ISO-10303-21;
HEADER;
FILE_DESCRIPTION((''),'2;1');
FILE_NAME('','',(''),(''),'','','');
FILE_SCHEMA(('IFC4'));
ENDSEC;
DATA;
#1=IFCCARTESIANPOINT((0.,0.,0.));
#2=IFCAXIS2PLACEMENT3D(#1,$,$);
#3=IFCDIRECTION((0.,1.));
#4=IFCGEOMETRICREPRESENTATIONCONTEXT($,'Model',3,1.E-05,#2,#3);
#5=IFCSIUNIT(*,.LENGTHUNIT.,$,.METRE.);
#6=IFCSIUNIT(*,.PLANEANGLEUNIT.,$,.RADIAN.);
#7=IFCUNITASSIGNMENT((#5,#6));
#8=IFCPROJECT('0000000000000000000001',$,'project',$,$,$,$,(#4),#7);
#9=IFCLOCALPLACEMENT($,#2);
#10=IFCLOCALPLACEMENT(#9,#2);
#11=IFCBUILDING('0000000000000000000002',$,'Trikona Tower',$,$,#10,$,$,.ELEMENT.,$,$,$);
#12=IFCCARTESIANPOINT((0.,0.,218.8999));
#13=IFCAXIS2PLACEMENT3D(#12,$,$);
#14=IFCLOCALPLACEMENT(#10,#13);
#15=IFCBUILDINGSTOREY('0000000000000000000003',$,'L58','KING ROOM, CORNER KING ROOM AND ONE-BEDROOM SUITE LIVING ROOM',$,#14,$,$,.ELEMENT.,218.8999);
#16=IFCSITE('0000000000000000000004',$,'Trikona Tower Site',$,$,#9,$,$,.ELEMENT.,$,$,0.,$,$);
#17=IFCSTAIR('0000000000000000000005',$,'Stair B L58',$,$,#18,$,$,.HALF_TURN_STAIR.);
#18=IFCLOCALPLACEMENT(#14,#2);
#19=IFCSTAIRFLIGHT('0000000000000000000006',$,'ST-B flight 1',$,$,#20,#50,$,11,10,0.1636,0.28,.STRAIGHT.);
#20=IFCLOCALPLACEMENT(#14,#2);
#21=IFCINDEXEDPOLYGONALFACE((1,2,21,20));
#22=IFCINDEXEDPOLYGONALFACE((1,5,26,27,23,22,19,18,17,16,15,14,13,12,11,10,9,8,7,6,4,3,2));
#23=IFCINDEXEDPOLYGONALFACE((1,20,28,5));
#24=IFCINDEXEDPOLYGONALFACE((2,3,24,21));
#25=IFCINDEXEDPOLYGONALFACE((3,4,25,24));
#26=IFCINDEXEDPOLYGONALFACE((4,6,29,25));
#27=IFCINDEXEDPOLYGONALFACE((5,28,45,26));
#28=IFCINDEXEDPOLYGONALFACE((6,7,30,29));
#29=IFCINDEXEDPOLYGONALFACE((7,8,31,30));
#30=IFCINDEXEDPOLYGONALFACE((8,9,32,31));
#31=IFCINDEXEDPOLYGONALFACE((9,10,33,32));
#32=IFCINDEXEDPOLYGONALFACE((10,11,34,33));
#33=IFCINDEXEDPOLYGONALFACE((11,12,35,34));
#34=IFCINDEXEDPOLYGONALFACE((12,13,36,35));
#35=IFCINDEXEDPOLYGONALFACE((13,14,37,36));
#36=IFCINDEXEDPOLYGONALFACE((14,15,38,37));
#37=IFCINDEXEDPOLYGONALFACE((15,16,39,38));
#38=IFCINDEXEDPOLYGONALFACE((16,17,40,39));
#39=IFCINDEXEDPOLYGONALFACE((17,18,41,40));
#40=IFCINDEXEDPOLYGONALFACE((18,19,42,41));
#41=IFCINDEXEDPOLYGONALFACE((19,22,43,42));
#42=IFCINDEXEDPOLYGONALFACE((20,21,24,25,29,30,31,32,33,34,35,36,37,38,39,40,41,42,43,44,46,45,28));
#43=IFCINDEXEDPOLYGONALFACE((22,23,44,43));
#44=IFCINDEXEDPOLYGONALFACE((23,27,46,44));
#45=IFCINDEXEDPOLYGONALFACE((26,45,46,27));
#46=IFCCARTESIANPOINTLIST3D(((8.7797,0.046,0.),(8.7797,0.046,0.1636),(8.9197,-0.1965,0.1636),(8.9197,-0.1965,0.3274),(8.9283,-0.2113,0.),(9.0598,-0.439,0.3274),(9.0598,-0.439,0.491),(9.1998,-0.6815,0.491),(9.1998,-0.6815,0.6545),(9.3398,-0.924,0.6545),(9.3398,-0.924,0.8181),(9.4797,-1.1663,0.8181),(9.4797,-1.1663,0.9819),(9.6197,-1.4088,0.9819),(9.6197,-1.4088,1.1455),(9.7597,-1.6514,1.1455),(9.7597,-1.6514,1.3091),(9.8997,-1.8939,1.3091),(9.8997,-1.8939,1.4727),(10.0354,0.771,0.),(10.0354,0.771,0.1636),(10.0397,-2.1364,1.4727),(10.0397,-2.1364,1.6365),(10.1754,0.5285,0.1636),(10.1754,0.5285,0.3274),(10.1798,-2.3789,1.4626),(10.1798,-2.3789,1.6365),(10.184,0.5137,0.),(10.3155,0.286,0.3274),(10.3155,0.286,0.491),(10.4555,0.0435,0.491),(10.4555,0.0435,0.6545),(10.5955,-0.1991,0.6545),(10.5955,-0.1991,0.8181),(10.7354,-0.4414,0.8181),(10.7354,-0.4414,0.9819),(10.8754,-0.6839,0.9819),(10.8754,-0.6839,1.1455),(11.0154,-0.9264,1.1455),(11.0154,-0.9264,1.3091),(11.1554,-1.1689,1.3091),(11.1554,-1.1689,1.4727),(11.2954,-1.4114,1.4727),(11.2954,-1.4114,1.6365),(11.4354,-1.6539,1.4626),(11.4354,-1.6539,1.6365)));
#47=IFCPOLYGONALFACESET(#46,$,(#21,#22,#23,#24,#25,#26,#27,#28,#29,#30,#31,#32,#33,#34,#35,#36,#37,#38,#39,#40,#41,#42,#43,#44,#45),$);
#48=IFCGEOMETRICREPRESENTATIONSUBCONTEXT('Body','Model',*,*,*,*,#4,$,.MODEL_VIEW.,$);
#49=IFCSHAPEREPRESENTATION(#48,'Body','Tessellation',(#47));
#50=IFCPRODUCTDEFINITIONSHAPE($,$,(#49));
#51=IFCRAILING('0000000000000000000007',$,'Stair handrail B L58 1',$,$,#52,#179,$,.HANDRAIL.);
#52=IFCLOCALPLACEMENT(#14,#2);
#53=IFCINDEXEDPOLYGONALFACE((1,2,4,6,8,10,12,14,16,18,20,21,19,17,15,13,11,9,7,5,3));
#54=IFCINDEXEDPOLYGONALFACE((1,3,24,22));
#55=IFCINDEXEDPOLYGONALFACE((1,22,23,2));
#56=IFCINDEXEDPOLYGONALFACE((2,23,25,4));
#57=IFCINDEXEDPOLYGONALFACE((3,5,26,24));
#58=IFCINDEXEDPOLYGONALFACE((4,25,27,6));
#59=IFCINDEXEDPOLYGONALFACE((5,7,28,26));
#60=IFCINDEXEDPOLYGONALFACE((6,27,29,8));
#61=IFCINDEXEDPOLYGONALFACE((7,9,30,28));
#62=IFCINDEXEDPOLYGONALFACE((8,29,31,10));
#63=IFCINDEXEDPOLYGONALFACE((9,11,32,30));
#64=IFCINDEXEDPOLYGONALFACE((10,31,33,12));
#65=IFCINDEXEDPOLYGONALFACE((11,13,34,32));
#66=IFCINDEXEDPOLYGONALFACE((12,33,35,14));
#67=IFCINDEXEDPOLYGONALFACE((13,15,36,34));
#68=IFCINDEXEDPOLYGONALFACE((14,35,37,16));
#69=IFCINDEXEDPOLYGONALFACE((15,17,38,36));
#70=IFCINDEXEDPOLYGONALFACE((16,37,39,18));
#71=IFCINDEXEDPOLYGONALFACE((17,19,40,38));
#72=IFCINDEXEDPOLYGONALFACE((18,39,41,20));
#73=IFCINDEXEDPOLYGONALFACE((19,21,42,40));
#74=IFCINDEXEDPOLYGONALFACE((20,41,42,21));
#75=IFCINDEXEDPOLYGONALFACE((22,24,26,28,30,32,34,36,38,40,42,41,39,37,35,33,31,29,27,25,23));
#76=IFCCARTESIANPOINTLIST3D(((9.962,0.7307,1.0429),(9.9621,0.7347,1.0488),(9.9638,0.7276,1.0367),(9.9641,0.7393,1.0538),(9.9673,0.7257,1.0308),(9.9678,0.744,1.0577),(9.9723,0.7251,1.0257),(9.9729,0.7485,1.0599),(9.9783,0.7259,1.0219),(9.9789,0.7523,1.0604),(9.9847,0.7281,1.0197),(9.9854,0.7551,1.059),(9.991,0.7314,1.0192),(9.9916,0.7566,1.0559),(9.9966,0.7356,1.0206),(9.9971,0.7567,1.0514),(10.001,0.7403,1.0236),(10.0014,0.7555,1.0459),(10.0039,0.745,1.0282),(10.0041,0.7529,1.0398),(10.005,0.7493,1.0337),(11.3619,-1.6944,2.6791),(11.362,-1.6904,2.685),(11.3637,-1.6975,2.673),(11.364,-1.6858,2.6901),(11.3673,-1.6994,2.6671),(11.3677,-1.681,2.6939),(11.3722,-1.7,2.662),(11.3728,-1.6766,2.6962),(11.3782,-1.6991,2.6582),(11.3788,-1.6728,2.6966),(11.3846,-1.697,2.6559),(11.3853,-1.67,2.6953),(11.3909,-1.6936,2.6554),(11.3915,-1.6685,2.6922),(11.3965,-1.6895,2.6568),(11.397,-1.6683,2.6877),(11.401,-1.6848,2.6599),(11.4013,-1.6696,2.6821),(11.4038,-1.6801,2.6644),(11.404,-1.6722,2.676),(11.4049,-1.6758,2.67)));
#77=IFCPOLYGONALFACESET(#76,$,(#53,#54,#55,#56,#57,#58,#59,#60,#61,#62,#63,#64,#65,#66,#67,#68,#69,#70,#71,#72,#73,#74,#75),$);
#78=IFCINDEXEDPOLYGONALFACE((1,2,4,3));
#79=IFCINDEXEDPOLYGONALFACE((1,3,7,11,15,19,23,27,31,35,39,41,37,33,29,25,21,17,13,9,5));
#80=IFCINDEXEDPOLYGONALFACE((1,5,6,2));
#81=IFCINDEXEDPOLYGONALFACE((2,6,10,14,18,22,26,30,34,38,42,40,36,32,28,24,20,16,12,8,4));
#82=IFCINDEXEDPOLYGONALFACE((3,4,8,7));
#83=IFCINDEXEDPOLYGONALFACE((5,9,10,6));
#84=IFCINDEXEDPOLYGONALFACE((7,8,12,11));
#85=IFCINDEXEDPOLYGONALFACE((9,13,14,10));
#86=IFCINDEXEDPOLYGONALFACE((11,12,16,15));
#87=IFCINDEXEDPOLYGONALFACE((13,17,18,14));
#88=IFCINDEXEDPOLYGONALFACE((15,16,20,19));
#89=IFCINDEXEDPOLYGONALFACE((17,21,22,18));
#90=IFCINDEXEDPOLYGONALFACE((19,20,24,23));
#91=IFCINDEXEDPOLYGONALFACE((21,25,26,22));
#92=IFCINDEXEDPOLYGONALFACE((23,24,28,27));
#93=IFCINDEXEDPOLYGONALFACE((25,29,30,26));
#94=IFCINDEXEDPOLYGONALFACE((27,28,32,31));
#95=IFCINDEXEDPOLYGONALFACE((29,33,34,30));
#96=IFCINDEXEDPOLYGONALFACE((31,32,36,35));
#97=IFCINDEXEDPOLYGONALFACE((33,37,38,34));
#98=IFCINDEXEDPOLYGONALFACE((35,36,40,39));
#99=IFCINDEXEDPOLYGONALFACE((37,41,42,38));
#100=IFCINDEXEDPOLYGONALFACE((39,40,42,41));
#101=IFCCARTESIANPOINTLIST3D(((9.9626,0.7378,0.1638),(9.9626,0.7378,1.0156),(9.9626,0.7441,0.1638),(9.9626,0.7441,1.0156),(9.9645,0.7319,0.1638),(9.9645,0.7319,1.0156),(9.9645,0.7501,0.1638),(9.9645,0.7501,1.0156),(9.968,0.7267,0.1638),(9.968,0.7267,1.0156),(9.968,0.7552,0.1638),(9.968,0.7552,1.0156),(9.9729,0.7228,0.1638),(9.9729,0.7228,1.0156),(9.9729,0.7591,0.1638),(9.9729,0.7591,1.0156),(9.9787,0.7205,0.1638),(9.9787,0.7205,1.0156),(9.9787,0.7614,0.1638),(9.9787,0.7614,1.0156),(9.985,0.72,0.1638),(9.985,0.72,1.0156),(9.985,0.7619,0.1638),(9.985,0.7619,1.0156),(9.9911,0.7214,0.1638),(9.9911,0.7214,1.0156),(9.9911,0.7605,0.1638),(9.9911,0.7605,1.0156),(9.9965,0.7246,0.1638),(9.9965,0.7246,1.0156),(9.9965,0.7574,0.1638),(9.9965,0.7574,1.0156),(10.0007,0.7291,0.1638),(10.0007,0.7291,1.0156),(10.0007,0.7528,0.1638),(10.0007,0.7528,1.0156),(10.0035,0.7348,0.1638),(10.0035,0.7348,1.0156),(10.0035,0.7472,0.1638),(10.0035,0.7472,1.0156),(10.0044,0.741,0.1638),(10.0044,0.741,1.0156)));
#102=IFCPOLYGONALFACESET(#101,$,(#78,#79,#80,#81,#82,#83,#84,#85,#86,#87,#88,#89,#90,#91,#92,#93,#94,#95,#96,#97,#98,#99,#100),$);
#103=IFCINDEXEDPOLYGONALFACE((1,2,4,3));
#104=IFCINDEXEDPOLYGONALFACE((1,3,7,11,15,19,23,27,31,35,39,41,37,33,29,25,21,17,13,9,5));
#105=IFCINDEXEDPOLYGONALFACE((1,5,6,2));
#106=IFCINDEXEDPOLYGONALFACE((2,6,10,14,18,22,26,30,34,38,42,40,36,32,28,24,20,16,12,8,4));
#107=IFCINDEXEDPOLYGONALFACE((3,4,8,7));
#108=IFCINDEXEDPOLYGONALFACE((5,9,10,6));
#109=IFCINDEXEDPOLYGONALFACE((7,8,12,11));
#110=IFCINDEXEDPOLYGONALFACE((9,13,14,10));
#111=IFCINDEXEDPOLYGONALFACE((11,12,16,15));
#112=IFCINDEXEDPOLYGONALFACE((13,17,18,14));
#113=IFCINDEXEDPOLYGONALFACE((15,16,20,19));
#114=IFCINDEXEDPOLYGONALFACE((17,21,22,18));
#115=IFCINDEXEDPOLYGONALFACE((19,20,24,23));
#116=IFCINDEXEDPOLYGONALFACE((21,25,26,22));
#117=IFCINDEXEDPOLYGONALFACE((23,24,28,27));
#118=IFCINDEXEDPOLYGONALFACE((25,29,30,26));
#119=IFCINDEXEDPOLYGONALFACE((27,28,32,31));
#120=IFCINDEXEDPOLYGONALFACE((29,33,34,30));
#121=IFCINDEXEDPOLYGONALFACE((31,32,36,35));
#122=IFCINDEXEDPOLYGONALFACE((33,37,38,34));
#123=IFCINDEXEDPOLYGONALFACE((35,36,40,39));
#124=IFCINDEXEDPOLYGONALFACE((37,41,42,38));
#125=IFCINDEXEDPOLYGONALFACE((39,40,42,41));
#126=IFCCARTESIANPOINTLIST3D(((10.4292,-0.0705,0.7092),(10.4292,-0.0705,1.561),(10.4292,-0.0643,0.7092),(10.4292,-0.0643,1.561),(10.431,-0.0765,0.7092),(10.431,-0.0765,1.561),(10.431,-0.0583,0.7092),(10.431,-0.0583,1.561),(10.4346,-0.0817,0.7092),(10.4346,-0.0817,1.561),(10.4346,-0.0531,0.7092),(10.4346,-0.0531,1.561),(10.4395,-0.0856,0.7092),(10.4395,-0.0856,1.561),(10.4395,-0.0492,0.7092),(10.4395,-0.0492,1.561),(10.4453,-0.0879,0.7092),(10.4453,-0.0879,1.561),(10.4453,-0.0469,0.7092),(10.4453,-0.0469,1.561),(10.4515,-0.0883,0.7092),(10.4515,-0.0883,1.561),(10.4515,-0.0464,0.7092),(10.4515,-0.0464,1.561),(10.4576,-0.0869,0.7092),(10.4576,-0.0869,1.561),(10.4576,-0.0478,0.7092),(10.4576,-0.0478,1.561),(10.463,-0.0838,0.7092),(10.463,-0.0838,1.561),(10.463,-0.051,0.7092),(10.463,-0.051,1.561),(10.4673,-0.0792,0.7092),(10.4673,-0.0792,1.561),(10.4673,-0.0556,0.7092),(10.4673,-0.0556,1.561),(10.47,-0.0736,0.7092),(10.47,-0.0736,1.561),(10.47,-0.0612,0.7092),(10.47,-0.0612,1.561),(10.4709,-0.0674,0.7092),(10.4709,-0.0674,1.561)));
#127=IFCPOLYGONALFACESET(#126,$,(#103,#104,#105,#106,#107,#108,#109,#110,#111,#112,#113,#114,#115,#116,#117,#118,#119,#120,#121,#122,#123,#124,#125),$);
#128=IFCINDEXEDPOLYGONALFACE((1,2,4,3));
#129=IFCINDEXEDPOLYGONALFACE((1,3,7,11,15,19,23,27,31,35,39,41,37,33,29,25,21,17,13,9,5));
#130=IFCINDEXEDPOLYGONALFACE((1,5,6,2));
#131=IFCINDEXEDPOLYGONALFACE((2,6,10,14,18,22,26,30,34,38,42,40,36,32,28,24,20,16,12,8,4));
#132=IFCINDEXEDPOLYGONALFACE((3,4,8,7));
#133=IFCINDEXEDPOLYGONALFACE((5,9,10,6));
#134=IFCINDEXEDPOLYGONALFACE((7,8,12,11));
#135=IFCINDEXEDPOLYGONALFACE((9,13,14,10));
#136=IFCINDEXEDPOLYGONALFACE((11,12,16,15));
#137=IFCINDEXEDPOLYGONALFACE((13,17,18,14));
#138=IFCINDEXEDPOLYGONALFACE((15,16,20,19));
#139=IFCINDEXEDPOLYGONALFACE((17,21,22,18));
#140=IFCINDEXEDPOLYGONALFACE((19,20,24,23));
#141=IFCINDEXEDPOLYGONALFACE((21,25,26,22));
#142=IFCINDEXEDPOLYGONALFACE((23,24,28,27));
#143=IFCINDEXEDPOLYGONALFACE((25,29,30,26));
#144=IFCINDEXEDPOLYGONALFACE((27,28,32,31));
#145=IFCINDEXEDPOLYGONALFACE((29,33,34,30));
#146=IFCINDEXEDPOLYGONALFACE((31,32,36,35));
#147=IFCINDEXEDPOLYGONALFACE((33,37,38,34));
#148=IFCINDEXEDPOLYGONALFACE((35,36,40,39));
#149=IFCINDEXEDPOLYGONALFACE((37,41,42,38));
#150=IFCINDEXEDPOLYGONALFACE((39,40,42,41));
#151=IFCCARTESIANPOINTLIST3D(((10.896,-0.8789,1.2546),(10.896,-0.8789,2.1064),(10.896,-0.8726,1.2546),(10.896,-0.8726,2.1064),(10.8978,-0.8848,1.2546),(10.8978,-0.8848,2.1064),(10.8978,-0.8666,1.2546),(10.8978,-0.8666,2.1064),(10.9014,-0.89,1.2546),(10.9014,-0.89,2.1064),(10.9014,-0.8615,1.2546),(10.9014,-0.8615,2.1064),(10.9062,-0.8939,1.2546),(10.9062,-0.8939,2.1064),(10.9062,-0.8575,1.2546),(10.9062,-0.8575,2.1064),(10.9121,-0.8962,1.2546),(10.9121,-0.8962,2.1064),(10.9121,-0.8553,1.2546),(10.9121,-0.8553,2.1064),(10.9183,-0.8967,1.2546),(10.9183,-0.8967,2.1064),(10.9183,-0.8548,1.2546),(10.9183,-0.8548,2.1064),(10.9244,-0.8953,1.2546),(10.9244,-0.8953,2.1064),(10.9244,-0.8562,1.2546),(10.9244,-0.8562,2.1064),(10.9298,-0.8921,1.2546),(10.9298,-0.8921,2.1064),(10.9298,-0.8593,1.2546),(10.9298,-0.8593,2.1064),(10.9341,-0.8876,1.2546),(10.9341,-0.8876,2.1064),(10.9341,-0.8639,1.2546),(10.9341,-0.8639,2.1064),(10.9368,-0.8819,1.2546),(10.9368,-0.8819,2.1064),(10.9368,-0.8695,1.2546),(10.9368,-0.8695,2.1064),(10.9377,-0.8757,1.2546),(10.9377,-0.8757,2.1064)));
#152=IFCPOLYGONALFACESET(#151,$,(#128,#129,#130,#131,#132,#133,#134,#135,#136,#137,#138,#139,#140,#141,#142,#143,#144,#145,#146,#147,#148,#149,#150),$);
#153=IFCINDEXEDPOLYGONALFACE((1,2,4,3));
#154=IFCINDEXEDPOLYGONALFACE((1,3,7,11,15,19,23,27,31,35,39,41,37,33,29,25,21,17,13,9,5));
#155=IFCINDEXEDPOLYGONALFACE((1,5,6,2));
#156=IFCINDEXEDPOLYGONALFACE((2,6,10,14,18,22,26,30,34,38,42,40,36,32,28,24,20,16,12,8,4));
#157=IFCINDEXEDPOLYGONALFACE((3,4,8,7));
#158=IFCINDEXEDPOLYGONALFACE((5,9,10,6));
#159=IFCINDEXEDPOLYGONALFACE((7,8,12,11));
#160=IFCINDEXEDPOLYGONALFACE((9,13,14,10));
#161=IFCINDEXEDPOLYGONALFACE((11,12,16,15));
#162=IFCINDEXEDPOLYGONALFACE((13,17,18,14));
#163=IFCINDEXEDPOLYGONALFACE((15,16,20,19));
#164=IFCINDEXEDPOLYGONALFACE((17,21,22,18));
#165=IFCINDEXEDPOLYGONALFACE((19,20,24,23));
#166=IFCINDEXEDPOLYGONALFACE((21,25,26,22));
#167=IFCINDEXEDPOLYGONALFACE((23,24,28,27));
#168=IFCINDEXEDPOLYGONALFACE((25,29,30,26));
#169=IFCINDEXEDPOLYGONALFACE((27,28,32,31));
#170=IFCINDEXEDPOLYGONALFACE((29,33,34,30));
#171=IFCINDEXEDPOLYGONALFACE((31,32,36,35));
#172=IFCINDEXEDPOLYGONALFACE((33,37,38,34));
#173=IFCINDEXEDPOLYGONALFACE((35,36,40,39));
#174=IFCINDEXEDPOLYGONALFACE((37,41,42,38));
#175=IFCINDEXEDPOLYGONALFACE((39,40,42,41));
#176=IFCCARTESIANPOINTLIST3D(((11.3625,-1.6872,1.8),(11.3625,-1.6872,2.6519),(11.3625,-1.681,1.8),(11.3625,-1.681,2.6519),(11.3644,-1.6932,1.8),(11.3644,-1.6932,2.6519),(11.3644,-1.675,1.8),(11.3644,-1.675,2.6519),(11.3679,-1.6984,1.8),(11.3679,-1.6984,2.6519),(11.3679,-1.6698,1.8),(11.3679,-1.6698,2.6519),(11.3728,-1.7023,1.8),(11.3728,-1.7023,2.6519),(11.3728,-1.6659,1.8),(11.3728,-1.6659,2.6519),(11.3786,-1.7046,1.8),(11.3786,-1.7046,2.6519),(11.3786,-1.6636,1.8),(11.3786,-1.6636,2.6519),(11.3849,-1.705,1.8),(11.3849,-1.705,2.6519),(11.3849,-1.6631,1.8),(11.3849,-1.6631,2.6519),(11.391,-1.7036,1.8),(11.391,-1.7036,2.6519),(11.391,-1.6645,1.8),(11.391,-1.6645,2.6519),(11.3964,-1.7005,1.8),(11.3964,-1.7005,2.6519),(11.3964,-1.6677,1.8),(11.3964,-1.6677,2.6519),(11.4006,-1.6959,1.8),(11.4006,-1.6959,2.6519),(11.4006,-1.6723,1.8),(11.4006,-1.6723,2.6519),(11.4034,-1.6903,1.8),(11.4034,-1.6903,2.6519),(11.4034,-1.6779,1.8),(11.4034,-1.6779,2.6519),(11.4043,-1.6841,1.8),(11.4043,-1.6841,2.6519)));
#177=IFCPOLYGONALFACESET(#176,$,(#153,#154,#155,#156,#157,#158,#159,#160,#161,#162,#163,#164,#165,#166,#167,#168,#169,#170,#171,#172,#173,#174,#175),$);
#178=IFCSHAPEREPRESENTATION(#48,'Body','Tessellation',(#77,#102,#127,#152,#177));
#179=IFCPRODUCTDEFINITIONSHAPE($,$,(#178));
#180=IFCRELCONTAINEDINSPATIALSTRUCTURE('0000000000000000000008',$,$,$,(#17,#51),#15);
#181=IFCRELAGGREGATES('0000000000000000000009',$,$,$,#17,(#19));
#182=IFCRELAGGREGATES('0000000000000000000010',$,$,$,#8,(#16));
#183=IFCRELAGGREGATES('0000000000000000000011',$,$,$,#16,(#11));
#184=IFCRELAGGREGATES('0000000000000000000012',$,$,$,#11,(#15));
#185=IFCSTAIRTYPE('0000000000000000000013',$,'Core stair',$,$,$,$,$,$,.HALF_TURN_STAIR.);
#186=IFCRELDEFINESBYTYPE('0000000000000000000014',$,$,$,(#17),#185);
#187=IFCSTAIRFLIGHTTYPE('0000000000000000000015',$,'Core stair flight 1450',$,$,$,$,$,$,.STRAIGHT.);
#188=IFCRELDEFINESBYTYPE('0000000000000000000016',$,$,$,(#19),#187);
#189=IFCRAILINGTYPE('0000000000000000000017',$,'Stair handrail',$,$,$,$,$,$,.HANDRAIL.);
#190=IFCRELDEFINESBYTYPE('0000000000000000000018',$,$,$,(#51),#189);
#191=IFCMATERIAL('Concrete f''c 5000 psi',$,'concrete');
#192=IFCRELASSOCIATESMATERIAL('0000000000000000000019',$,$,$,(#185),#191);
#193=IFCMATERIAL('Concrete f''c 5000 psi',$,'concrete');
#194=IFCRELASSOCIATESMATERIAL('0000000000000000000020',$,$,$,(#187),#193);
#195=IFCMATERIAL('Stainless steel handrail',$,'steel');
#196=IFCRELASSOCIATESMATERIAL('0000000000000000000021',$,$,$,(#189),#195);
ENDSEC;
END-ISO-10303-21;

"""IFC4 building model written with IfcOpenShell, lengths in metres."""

from ifc_helpers import new_model, si_unit, direction, frame, origin, origin_2d, place, context, subcontext, project, spatial, polyline, circle, outline, extrude, material, type_object, element, aggregate, save


model = new_model("IFC4")

# Units and contexts
model_context = context("Model", 3, precision=1e-05, world=origin(), true_north=direction((0.0, 1.0)))
body_context = subcontext(model_context, "Body", "Model", "MODEL_VIEW")
ifc_project = project(units=[si_unit("LENGTHUNIT", "METRE"), si_unit("PLANEANGLEUNIT", "RADIAN")], contexts=[model_context])

# Site, building, storey
site_placement = place(None, origin())
site = spatial("IfcSite", under=ifc_project, at=site_placement, Name="Trikona Tower Site", CompositionType="ELEMENT", RefElevation=0.0)
building_placement = place(site_placement, origin())
building = spatial("IfcBuilding", under=site, at=building_placement, Name="Trikona Tower", CompositionType="ELEMENT")
storey_placement = place(building_placement, frame((0.0, 0.0, 218.8999)))
storey = spatial("IfcBuildingStorey", under=building, at=storey_placement, Name="L58", Description="KING ROOM, CORNER KING ROOM AND ONE-BEDROOM SUITE LIVING ROOM", CompositionType="ELEMENT", Elevation=218.8999)

# Stair
ifc_material_1 = material(Name="Concrete f'c 5000 psi", Category="concrete")
stair_type = type_object("IfcStairType", Name="Core stair", PredefinedType="HALF_TURN_STAIR", material=ifc_material_1)
stair_1_placement = place(storey_placement, origin())
stair_1 = element("IfcStair", 1, at=stair_1_placement, inside=storey, type_object=stair_type, Name="Stair B L58", PredefinedType="HALF_TURN_STAIR")

# Stair flight
ifc_material_2 = material(Name="Concrete f'c 5000 psi", Category="concrete")
stair_flight_type = type_object("IfcStairFlightType", Name="Core stair flight 1450", PredefinedType="STRAIGHT", material=ifc_material_2)
stair_flight_placement = place(storey_placement, frame((9.4075, 0.4084, 0.0), z_axis=(0.0, 0.0, 1.0), x_axis=(0.5, -0.866025, 0.0)))
stair_flight = element("IfcStairFlight", 2, at=stair_flight_placement, type_object=stair_flight_type, Name="ST-B flight 1", NumberOfRisers=11, NumberOfTreads=10, PredefinedType="STRAIGHT", RiserHeight=0.1636, TreadLength=0.28, context=body_context, shape_type="SweptSolid", body=[
    extrude(outline(polyline([(0.0, 0.0), (0.0, 0.1636), (0.28, 0.1636), (0.28, 0.3274), (0.5601, 0.3274), (0.5601, 0.491), (0.8401, 0.491), (0.8401, 0.6545), (1.1201, 0.6545), (1.1201, 0.8181), (1.3999, 0.8181), (1.3999, 0.9819), (1.6799, 0.9819), (1.6799, 1.1455), (1.96, 1.1455), (1.96, 1.3091), (2.24, 1.3091), (2.24, 1.4727), (2.52, 1.4727), (2.52, 1.6365), (2.8, 1.6365), (2.8, 1.8), (2.8, 1.4626), (0.2971, 0.0), (0.0, 0.0)])), frame((0.0, 0.7251, 0.0), z_axis=(0.0, -1.0, 0.0), x_axis=(1.0, 0.0, 0.0)), (0.0, 0.0, 1.0), 1.45),
])
aggregate(stair_1, [stair_flight])

# Railing
ifc_material_3 = material(Name="Stainless steel handrail", Category="steel")
railing_type = type_object("IfcRailingType", Name="Stair handrail", PredefinedType="HANDRAIL", material=ifc_material_3)
railing_placement = place(storey_placement, frame((9.9834, 0.741, 0.1638)))
element("IfcRailing", 3, at=railing_placement, inside=storey, type_object=railing_type, Name="Stair handrail B L58 1", PredefinedType="HANDRAIL", context=body_context, shape_type="SweptSolid", body=[
    extrude(circle(Radius=0.0239, at=origin_2d()), frame((0.0, 0.0, 0.876), z_axis=(0.431653, -0.747751, 0.504523), x_axis=(0.866056, 0.499946, 0.0)), (0.0, 0.0, 1.0), 3.2432),
    extrude(circle(Radius=0.021, at=origin_2d()), origin(), (0.0, 0.0, 1.0), 0.8518),
    extrude(circle(Radius=0.021, at=origin_2d()), frame((0.4666, -0.8083, 0.5454)), (0.0, 0.0, 1.0), 0.8518),
    extrude(circle(Radius=0.021, at=origin_2d()), frame((0.9333, -1.6167, 1.0908)), (0.0, 0.0, 1.0), 0.8518),
    extrude(circle(Radius=0.021, at=origin_2d()), frame((1.3999, -2.425, 1.6362)), (0.0, 0.0, 1.0), 0.8518),
])

save(model, "model.ifc")
